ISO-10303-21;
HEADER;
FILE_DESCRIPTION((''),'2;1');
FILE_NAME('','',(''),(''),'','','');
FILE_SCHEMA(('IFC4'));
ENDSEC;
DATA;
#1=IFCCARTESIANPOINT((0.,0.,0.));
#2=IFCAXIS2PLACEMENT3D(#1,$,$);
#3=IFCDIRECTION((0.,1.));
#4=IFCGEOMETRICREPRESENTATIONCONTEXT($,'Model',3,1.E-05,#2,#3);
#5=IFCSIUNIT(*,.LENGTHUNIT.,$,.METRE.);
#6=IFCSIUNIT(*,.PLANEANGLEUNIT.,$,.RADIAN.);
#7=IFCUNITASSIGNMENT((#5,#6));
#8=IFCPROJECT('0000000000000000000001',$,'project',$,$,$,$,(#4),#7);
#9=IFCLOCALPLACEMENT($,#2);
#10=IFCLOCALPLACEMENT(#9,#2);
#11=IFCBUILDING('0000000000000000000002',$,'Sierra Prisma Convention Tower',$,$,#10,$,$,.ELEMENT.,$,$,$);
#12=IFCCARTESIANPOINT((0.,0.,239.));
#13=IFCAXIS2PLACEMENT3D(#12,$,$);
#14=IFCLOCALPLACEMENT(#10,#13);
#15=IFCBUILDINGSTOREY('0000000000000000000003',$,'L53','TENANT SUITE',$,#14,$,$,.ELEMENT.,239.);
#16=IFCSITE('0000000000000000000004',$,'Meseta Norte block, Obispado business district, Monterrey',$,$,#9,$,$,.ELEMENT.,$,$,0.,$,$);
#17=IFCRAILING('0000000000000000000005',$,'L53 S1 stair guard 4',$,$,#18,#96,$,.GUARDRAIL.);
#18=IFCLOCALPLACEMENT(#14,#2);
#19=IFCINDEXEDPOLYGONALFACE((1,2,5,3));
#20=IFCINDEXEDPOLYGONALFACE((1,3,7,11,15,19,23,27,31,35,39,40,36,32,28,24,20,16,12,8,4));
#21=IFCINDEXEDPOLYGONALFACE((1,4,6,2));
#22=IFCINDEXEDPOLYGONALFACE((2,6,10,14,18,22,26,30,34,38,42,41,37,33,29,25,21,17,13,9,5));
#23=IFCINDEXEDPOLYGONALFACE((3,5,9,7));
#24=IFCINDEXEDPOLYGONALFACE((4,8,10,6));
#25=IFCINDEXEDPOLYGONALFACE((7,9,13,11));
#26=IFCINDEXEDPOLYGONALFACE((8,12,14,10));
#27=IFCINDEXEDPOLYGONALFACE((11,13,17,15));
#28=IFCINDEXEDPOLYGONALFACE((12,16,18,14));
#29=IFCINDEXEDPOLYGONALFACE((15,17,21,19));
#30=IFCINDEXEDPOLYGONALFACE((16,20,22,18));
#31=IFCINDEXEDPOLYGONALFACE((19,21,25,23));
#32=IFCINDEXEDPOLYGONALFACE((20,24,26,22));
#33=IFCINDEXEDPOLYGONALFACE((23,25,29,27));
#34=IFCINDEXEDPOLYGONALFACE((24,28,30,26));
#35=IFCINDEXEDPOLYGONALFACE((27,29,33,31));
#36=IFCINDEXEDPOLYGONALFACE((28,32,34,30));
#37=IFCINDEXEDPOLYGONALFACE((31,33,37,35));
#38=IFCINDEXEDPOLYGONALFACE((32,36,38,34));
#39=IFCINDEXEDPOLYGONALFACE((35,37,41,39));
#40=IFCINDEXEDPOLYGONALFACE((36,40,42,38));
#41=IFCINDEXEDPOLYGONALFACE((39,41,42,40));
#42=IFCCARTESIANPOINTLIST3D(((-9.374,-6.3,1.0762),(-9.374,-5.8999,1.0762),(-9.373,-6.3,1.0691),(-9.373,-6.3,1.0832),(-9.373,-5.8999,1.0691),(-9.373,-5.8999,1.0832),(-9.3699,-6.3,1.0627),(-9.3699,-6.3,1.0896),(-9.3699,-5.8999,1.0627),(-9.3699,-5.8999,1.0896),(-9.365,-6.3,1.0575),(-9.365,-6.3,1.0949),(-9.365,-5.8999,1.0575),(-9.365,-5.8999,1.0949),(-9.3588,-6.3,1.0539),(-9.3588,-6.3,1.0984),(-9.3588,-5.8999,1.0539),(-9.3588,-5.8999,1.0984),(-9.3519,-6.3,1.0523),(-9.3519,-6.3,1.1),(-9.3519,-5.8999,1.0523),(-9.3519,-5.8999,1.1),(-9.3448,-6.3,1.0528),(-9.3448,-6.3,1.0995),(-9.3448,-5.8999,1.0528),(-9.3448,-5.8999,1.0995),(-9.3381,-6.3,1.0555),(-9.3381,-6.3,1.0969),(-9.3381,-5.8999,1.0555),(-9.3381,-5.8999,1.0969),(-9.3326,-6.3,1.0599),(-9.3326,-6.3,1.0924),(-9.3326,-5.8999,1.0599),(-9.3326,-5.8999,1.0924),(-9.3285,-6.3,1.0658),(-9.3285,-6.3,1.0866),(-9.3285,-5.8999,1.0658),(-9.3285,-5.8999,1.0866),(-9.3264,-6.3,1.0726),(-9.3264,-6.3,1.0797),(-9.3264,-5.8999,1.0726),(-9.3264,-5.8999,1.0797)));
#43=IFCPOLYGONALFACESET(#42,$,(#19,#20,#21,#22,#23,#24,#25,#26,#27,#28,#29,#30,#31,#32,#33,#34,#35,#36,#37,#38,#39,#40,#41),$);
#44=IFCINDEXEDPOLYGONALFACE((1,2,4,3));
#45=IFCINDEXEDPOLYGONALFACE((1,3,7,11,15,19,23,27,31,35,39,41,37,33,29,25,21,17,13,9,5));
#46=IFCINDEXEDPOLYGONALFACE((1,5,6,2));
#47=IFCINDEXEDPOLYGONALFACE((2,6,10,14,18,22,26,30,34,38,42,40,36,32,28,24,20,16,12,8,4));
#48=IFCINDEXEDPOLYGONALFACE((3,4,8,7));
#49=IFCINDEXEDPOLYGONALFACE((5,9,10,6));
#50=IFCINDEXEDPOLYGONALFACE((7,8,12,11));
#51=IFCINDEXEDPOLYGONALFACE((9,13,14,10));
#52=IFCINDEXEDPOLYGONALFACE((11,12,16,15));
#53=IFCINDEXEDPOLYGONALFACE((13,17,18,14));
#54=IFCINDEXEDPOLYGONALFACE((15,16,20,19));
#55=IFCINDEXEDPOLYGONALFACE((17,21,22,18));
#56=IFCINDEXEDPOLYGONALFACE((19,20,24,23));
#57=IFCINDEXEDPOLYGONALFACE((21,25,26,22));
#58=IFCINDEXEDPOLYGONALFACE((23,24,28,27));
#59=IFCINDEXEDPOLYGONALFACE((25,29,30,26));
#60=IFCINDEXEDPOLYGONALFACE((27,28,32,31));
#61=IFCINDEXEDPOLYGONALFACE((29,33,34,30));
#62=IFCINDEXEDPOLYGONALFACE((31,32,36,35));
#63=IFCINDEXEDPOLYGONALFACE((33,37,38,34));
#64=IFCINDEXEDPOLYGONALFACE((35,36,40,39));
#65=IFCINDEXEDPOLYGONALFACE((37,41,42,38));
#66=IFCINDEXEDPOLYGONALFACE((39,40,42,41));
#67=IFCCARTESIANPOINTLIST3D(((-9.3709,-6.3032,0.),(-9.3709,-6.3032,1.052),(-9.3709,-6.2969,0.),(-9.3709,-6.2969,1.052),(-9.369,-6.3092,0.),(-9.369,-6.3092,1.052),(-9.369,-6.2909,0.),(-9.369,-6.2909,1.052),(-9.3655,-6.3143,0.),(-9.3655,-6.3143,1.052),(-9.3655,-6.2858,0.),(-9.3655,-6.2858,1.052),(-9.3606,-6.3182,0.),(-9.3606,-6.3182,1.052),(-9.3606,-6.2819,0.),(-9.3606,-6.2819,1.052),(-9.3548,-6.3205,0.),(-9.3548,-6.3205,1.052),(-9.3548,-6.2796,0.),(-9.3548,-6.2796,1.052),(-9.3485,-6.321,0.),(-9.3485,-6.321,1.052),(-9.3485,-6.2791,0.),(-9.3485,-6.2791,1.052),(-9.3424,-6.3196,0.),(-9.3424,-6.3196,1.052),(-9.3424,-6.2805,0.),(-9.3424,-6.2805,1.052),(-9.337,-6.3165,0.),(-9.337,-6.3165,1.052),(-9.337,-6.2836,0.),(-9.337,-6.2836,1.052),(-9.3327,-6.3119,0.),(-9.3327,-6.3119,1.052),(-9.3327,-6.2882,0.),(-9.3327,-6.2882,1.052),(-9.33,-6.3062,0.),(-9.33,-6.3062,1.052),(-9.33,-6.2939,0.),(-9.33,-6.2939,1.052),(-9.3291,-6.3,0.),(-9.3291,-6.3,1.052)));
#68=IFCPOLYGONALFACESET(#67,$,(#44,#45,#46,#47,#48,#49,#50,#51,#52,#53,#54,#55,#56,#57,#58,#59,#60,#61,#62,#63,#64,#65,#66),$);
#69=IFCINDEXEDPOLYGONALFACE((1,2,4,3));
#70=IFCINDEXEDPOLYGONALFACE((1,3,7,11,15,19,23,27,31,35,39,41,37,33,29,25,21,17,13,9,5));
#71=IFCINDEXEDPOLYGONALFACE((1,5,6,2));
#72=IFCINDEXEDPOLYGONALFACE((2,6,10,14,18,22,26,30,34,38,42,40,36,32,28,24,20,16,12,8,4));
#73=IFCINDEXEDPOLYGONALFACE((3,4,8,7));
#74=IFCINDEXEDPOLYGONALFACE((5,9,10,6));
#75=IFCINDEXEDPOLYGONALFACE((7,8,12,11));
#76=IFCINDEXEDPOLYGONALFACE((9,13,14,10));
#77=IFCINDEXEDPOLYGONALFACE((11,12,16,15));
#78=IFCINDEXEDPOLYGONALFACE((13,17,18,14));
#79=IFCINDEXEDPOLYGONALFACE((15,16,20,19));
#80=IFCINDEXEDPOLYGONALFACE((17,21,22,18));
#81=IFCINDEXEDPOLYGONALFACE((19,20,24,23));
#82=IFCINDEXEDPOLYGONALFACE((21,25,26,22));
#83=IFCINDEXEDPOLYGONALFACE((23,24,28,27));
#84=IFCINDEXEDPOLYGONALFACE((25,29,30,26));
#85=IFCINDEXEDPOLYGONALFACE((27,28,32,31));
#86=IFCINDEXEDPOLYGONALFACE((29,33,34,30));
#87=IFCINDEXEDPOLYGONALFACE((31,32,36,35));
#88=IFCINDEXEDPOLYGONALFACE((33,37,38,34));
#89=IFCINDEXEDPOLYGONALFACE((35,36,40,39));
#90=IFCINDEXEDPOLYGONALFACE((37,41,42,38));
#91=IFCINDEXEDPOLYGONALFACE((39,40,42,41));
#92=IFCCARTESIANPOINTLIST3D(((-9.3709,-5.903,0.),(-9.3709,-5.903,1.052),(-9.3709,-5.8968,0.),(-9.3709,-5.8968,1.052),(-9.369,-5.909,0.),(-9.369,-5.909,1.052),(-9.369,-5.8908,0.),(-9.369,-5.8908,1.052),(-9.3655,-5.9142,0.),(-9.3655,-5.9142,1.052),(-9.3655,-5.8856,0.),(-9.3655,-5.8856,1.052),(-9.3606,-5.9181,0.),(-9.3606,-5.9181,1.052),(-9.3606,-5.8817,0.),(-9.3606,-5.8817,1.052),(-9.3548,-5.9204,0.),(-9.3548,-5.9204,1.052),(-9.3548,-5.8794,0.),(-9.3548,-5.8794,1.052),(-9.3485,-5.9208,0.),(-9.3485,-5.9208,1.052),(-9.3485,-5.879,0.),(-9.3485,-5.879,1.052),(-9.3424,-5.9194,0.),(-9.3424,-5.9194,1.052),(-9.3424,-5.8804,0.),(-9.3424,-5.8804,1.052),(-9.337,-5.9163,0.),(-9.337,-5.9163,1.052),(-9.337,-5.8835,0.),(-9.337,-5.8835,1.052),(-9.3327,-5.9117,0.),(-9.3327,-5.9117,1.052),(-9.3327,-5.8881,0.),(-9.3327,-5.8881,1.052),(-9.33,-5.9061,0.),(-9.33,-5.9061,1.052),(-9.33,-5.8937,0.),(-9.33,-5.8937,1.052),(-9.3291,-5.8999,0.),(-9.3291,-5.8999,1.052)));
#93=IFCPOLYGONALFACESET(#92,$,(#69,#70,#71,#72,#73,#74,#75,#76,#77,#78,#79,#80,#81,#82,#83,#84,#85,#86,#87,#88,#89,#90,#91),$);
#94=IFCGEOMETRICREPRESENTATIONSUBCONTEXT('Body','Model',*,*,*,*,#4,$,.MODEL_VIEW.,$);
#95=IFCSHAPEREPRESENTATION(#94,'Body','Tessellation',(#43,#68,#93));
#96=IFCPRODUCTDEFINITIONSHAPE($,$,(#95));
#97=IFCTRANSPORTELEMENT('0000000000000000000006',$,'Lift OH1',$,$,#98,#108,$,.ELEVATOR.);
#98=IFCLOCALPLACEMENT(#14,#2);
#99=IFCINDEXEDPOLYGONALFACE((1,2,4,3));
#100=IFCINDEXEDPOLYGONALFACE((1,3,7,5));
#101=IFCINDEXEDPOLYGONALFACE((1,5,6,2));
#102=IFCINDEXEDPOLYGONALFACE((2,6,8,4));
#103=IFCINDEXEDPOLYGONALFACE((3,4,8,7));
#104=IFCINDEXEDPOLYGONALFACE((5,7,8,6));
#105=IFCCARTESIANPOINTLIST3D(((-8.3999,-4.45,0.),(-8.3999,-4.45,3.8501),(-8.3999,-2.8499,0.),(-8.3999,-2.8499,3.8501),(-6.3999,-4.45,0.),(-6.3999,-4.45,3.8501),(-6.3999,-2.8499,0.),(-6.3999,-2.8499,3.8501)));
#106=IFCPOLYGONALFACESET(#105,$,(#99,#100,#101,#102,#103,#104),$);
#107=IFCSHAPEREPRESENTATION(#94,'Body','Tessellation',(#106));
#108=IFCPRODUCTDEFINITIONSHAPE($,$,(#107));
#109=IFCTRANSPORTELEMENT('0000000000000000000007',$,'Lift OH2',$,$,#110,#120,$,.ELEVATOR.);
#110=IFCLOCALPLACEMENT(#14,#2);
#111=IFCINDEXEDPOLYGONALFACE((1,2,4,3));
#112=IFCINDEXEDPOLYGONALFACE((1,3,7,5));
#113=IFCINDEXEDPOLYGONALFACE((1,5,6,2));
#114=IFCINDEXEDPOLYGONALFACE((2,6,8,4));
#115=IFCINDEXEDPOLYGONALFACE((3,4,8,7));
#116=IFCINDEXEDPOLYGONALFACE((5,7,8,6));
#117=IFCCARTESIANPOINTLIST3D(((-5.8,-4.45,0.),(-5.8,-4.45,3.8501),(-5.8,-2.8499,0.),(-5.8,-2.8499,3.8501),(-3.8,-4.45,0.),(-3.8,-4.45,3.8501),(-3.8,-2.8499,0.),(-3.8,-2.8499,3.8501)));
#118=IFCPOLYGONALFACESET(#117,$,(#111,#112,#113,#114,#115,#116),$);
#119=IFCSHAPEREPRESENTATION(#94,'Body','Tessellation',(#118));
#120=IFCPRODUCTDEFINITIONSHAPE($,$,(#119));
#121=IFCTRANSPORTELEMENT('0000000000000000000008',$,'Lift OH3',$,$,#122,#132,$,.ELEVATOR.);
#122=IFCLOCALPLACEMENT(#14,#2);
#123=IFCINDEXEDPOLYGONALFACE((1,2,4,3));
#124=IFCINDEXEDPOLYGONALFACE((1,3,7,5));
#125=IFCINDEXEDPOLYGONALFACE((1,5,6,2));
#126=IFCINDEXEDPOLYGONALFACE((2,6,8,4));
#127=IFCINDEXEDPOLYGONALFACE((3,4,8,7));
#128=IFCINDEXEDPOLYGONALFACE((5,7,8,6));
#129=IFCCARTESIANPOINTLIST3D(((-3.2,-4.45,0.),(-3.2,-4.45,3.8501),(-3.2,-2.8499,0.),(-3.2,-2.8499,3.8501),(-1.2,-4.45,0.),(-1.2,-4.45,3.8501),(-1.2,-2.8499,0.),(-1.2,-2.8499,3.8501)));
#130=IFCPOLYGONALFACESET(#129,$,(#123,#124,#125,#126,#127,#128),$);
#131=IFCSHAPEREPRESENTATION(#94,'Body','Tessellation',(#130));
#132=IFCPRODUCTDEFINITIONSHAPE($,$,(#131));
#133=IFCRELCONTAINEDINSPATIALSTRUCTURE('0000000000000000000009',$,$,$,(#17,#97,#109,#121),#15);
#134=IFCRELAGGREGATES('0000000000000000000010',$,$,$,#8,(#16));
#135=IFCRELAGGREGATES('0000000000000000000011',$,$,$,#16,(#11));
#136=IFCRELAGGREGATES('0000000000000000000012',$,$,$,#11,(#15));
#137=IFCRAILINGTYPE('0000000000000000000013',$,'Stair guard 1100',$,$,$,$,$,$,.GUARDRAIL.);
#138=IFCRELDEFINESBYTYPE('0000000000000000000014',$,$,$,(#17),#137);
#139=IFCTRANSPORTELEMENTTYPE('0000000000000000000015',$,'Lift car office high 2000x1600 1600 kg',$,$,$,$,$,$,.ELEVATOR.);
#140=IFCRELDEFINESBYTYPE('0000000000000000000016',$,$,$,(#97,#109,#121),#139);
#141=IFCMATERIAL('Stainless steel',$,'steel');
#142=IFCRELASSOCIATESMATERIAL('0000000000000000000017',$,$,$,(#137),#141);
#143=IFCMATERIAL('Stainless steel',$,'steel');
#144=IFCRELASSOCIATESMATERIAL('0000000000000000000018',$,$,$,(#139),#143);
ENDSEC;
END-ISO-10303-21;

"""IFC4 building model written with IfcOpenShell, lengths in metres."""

from ifc_helpers import new_model, si_unit, direction, frame, origin, origin_2d, place, context, subcontext, project, spatial, rectangle, circle, extrude, material, type_object, element, save


model = new_model("IFC4")

# Units and contexts
model_context = context("Model", 3, precision=1e-05, world=origin(), true_north=direction((0.0, 1.0)))
body_context = subcontext(model_context, "Body", "Model", "MODEL_VIEW")
ifc_project = project(units=[si_unit("LENGTHUNIT", "METRE"), si_unit("PLANEANGLEUNIT", "RADIAN")], contexts=[model_context])

# Site, building, storey
site_placement = place(None, origin())
site = spatial("IfcSite", under=ifc_project, at=site_placement, Name="Meseta Norte block, Obispado business district, Monterrey", CompositionType="ELEMENT", RefElevation=0.0)
building_placement = place(site_placement, origin())
building = spatial("IfcBuilding", under=site, at=building_placement, Name="Sierra Prisma Convention Tower", CompositionType="ELEMENT")
storey_placement = place(building_placement, frame((0.0, 0.0, 239.0)))
storey = spatial("IfcBuildingStorey", under=building, at=storey_placement, Name="L53", Description="TENANT SUITE", CompositionType="ELEMENT", Elevation=239.0)

# Railing
ifc_material_1 = material(Name="Stainless steel", Category="steel")
railing_type_1 = type_object("IfcRailingType", Name="Stair guard 1100", PredefinedType="GUARDRAIL", material=ifc_material_1)
railing_1_placement = place(storey_placement, frame((-9.3501, -6.3, 0.0)))
element("IfcRailing", 1, at=railing_1_placement, inside=storey, type_object=railing_type_1, Name="L53 S1 stair guard 4", PredefinedType="GUARDRAIL", context=body_context, shape_type="SweptSolid", body=[
    extrude(circle(Radius=0.0239, at=origin_2d()), frame((0.0, 0.0, 1.0762), z_axis=(0.0, 1.0, 0.0), x_axis=(-1.0, 0.0, 0.0)), (0.0, 0.0, 1.0), 0.4001),
    extrude(circle(Radius=0.021, at=origin_2d()), origin(), (0.0, 0.0, 1.0), 1.052),
    extrude(circle(Radius=0.021, at=origin_2d()), frame((0.0, 0.4001, 0.0)), (0.0, 0.0, 1.0), 1.052),
])

# Transport elements
ifc_material_2 = material(Name="Stainless steel", Category="steel")
transport_element_type = type_object("IfcTransportElementType", Name="Lift car office high 2000x1600 1600 kg", PredefinedType="ELEVATOR", material=ifc_material_2)
for number, where, z_axis, x_axis, name in (
    (2, (-7.3999, -3.6499, 0.0), (0.0, 0.0, 1.0), (1.0, 0.0, 0.0), "Lift OH1"),
    (3, (-4.8, -3.6499, 0.0), (0.0, 0.0, 1.0), (1.0, 0.0, 0.0), "Lift OH2"),
    (4, (-2.2, -3.6499, 0.0), (0.0, 0.0, 1.0), (1.0, 0.0, 0.0), "Lift OH3"),
):
    element("IfcTransportElement", number, at=place(storey_placement, frame(where, z_axis=z_axis, x_axis=x_axis)), inside=storey, type_object=transport_element_type, Name=name, PredefinedType="ELEVATOR", context=body_context, shape_type="SweptSolid", body=[
        extrude(rectangle(XDim=2.0, YDim=1.6001, at=origin_2d()), origin(), (0.0, 0.0, 1.0), 3.8501),
    ])

save(model, "model.ifc")
